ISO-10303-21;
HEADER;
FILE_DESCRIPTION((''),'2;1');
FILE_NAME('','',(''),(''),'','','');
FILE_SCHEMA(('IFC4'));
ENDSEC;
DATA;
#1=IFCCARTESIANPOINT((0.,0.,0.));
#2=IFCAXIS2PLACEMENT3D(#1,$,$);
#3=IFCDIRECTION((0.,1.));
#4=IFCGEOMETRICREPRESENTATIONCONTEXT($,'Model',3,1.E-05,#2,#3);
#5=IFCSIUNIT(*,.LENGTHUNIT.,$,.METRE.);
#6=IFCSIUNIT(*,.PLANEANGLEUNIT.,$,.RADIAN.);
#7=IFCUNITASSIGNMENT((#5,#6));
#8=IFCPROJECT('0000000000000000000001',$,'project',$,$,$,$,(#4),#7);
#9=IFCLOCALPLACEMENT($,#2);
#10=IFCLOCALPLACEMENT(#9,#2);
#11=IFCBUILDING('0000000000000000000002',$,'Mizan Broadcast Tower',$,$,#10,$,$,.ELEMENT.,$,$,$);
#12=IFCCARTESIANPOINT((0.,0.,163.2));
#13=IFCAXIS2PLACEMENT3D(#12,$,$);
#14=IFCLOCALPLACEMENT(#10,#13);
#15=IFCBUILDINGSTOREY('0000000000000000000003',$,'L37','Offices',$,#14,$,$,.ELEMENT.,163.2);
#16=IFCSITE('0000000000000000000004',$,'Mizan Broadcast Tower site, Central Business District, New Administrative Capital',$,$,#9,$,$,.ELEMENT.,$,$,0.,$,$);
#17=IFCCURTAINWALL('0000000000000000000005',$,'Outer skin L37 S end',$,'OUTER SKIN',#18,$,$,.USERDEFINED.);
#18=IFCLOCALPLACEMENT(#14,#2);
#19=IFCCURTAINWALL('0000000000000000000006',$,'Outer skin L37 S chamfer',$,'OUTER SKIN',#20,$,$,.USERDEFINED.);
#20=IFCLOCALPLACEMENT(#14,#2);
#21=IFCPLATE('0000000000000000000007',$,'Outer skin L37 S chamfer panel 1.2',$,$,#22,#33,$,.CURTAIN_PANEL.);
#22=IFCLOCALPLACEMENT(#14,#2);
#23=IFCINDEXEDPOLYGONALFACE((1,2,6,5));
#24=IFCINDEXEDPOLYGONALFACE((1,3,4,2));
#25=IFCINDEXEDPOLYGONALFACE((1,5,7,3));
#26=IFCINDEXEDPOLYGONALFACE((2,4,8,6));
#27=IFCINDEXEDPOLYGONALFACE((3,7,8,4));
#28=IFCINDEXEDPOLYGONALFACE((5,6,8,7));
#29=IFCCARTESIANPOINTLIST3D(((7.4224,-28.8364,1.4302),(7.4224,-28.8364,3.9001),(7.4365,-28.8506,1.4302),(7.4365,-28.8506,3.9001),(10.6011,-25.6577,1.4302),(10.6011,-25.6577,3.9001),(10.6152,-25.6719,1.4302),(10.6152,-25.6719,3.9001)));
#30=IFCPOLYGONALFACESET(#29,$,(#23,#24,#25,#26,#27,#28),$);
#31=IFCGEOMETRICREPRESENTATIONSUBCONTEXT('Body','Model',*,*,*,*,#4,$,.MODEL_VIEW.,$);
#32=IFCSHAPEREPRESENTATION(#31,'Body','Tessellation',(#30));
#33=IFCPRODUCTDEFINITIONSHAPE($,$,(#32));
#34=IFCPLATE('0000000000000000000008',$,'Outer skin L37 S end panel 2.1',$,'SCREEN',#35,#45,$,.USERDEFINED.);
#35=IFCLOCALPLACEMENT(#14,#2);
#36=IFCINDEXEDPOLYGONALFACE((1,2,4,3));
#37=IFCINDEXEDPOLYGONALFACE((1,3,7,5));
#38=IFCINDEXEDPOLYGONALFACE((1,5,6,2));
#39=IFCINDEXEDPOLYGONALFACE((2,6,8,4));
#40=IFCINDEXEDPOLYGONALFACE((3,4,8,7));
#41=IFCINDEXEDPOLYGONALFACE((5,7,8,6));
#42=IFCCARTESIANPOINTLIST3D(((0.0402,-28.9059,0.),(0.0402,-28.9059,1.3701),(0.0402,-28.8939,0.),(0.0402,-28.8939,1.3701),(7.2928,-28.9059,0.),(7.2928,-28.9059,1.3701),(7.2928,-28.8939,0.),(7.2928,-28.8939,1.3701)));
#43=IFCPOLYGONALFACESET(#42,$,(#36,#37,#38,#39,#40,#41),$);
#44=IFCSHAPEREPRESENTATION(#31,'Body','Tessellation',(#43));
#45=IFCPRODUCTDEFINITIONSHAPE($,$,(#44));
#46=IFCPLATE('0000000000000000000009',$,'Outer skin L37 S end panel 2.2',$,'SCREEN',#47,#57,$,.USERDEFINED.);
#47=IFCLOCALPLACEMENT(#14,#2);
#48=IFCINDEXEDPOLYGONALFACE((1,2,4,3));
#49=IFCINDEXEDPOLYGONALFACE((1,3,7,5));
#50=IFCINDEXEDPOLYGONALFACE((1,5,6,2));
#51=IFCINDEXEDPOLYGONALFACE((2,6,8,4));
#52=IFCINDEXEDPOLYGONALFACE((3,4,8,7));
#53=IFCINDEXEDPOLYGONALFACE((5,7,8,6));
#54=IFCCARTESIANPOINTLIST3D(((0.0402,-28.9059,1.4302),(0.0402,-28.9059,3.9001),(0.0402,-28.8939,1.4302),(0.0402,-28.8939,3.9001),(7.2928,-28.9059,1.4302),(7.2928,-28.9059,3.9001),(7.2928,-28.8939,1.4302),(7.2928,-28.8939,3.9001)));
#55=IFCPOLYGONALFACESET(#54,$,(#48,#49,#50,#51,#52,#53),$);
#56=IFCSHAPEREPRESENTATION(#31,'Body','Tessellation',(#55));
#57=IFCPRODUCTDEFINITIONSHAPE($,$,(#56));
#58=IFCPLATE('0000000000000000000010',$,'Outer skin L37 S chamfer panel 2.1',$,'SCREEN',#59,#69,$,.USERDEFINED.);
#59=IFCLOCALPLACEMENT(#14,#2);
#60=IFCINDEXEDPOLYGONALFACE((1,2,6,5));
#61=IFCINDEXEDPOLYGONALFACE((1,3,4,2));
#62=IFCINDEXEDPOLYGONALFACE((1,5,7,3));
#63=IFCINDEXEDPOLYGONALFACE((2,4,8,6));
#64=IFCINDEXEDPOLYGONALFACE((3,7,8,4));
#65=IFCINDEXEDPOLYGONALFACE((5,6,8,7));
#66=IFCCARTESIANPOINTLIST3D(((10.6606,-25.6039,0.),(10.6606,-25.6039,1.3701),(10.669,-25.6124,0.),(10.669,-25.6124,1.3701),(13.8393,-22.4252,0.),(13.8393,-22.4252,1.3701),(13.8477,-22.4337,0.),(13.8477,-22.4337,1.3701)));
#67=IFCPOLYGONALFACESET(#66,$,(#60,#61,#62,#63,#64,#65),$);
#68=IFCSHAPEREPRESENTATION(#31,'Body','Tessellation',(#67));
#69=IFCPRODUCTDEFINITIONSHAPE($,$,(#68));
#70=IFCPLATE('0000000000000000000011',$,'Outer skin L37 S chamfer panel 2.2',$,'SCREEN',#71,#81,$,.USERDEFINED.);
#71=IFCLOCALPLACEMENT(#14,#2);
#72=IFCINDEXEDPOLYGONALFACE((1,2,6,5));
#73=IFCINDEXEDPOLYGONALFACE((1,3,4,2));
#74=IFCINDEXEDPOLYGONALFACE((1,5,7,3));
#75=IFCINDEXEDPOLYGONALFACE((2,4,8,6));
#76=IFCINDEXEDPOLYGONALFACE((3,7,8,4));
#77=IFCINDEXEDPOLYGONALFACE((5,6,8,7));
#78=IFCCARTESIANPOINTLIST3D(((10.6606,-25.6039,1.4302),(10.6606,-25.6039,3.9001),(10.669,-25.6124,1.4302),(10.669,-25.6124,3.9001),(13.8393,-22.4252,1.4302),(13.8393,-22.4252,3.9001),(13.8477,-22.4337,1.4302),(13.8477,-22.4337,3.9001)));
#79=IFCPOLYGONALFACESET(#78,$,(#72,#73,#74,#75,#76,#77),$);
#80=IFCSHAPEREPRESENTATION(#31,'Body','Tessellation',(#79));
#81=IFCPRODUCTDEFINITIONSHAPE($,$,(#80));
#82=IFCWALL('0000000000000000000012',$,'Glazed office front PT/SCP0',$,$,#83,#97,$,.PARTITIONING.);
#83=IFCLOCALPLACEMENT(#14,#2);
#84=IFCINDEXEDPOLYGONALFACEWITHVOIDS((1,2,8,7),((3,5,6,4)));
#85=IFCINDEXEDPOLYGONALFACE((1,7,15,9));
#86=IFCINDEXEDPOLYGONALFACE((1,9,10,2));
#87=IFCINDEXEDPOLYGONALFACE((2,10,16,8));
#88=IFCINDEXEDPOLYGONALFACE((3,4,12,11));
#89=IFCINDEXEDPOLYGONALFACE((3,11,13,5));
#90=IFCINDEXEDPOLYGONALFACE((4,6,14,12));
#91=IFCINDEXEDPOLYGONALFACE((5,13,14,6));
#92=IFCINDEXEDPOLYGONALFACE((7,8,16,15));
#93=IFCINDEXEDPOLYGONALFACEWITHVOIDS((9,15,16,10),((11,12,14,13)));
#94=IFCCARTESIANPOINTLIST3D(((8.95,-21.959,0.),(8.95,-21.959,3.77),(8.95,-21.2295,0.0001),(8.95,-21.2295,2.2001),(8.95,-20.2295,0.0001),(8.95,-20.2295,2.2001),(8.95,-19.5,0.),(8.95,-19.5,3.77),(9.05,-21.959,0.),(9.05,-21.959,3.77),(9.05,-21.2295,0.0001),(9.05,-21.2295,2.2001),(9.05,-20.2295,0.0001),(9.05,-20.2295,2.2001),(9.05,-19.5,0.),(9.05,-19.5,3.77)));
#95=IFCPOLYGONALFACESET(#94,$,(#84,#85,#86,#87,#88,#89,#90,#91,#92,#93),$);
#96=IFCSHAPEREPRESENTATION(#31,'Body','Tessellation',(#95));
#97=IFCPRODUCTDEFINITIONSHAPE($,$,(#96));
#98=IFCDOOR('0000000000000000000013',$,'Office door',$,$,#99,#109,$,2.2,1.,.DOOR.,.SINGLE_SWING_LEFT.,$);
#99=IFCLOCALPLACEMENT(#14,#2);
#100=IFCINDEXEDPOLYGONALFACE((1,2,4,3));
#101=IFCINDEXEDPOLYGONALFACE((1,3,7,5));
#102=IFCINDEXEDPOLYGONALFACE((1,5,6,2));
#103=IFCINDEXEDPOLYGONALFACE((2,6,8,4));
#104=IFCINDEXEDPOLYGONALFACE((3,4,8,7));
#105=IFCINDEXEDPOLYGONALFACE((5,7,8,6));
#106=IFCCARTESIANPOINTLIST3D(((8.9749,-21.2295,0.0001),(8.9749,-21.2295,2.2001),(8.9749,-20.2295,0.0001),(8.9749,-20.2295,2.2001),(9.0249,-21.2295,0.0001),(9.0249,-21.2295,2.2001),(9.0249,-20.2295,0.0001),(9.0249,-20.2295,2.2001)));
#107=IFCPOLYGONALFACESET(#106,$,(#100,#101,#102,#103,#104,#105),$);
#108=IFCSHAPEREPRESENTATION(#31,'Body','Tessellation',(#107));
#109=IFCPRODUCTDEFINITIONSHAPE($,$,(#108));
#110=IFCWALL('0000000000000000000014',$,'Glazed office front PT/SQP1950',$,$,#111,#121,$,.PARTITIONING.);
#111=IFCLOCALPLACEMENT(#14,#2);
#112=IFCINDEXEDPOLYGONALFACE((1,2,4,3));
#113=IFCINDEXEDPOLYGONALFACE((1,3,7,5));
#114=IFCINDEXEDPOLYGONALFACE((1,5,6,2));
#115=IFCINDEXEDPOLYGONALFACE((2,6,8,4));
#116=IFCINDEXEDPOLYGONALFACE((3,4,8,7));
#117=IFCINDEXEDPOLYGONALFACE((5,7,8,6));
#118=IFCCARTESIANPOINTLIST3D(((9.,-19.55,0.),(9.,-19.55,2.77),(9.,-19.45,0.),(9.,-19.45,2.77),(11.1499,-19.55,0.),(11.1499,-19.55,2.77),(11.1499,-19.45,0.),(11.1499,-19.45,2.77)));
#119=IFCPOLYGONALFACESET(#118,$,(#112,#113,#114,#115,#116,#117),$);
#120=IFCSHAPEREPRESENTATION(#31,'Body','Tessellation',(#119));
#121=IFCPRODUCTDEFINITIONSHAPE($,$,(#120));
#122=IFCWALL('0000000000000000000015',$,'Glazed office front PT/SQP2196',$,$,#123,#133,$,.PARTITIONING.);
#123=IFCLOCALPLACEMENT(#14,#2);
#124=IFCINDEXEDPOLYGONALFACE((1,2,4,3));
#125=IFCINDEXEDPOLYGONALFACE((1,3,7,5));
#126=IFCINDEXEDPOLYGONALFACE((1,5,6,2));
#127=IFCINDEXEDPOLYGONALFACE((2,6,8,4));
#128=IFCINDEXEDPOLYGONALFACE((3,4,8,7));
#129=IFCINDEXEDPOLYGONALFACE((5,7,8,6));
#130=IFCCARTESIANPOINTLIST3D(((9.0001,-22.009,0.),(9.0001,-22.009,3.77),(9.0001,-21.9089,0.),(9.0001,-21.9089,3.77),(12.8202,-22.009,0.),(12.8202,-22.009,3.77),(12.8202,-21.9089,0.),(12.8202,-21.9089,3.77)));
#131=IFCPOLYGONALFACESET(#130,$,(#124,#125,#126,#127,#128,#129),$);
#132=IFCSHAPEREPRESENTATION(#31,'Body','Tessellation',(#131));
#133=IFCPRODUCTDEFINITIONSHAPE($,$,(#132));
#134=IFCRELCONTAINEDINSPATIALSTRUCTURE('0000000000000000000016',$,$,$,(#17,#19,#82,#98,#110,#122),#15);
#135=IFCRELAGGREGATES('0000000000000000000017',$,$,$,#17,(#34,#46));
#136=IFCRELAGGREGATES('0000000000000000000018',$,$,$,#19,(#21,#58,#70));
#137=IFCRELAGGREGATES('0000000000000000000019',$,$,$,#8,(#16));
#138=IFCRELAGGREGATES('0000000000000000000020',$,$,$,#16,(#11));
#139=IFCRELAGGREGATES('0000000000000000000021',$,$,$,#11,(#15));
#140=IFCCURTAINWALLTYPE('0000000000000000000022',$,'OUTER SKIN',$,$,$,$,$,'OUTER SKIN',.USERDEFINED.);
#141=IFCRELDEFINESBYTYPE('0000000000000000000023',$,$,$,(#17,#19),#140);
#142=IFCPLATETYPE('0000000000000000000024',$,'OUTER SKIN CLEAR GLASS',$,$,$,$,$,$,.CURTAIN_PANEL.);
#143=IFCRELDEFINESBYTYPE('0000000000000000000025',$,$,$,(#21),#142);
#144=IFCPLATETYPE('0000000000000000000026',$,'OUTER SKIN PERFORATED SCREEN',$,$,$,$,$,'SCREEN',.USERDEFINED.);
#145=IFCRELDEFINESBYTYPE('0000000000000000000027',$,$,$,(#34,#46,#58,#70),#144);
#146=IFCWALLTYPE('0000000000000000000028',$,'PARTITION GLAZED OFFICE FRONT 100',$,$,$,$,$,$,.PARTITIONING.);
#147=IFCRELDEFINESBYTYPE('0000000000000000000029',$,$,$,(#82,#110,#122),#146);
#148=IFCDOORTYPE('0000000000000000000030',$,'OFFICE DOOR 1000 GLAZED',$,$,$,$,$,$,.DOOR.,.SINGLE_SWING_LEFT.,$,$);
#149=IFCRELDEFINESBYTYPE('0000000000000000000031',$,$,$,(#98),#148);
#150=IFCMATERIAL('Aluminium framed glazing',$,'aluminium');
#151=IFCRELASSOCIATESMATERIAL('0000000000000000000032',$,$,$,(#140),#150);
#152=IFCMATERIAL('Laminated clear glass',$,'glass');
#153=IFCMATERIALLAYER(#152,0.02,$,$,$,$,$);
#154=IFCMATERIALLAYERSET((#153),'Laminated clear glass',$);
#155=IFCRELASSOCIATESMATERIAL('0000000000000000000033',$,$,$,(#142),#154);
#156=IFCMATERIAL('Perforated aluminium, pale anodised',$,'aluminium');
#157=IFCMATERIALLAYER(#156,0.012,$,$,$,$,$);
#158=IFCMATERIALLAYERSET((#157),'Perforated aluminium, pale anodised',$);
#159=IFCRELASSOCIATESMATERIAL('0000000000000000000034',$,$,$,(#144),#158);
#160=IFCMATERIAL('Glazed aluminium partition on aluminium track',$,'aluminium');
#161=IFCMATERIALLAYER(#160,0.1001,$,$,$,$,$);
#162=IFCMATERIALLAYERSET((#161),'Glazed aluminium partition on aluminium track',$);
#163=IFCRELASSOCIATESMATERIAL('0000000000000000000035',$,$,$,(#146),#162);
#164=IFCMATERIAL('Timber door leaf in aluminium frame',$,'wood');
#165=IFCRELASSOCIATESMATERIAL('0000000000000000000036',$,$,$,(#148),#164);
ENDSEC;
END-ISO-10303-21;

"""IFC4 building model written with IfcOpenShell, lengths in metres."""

from ifc_helpers import new_model, si_unit, direction, frame, frame_2d, origin, origin_2d, place, context, subcontext, project, spatial, rectangle, extrude, material, layer, layer_set, type_object, element, fill, aggregate, save


model = new_model("IFC4")

# Units and contexts
model_context = context("Model", 3, precision=1e-05, world=origin(), true_north=direction((0.0, 1.0)))
body_context = subcontext(model_context, "Body", "Model", "MODEL_VIEW")
ifc_project = project(units=[si_unit("LENGTHUNIT", "METRE"), si_unit("PLANEANGLEUNIT", "RADIAN")], contexts=[model_context])

# Site, building, storey
site_placement = place(None, origin())
site = spatial("IfcSite", under=ifc_project, at=site_placement, Name="Mizan Broadcast Tower site, Central Business District, New Administrative Capital", CompositionType="ELEMENT", RefElevation=0.0)
building_placement = place(site_placement, origin())
building = spatial("IfcBuilding", under=site, at=building_placement, Name="Mizan Broadcast Tower", CompositionType="ELEMENT")
storey_placement = place(building_placement, frame((0.0, 0.0, 163.2)))
storey = spatial("IfcBuildingStorey", under=building, at=storey_placement, Name="L37", Description="Offices", CompositionType="ELEMENT", Elevation=163.2)

# Curtain wall
ifc_material_1 = material(Name="Aluminium framed glazing", Category="aluminium")
curtain_wall_type_1 = type_object("IfcCurtainWallType", Name="OUTER SKIN", ElementType="OUTER SKIN", PredefinedType="USERDEFINED", material=ifc_material_1)
curtain_wall_1_placement = place(storey_placement, origin())
curtain_wall_1 = element("IfcCurtainWall", 1, at=curtain_wall_1_placement, inside=storey, type_object=curtain_wall_type_1, Name="Outer skin L37 S end", ObjectType="OUTER SKIN", PredefinedType="USERDEFINED")

# Curtain wall
curtain_wall_2_placement = place(storey_placement, origin())
curtain_wall_2 = element("IfcCurtainWall", 2, at=curtain_wall_2_placement, inside=storey, type_object=curtain_wall_type_1, Name="Outer skin L37 S chamfer", ObjectType="OUTER SKIN", PredefinedType="USERDEFINED")

# Plates
ifc_material_2 = material(Name="Laminated clear glass", Category="glass")
ifc_layer_1 = layer(ifc_material_2, 0.02)
ifc_layer_set_1 = layer_set([ifc_layer_1], Name="Laminated clear glass")
plate_type_1 = type_object("IfcPlateType", Name="OUTER SKIN CLEAR GLASS", PredefinedType="CURTAIN_PANEL", material=ifc_layer_set_1)
plate_1_placement = place(storey_placement, frame((9.0188, -27.2542, 1.4302), z_axis=(0.0, 0.0, 1.0), x_axis=(0.707107, 0.707107, 0.0)))
plate_1 = element("IfcPlate", 3, at=plate_1_placement, type_object=plate_type_1, Name="Outer skin L37 S chamfer panel 1.2", PredefinedType="CURTAIN_PANEL", context=body_context, shape_type="SweptSolid", body=[
    extrude(rectangle(XDim=4.4954, YDim=0.02, at=origin_2d()), origin(), (0.0, 0.0, 1.0), 2.47),
])
ifc_material_3 = material(Name="Perforated aluminium, pale anodised", Category="aluminium")
ifc_layer_2 = layer(ifc_material_3, 0.012)
ifc_layer_set_2 = layer_set([ifc_layer_2], Name="Perforated aluminium, pale anodised")
plate_type_2 = type_object("IfcPlateType", Name="OUTER SKIN PERFORATED SCREEN", ElementType="SCREEN", PredefinedType="USERDEFINED", material=ifc_layer_set_2)
plate_2_placement = place(storey_placement, frame((3.6665, -28.8999, 0.0), z_axis=(0.0, 0.0, 1.0), x_axis=(1.0, 0.0, 0.0)))
plate_2 = element("IfcPlate", 4, at=plate_2_placement, type_object=plate_type_2, Name="Outer skin L37 S end panel 2.1", ObjectType="SCREEN", PredefinedType="USERDEFINED", context=body_context, shape_type="SweptSolid", body=[
    extrude(rectangle(XDim=7.2527, YDim=0.012, at=origin_2d()), origin(), (0.0, 0.0, 1.0), 1.3701),
])
plate_3_placement = place(storey_placement, frame((3.6665, -28.8999, 1.4302), z_axis=(0.0, 0.0, 1.0), x_axis=(1.0, 0.0, 0.0)))
plate_3 = element("IfcPlate", 5, at=plate_3_placement, type_object=plate_type_2, Name="Outer skin L37 S end panel 2.2", ObjectType="SCREEN", PredefinedType="USERDEFINED", context=body_context, shape_type="SweptSolid", body=[
    extrude(rectangle(XDim=7.2527, YDim=0.012, at=origin_2d()), origin(), (0.0, 0.0, 1.0), 2.47),
])
aggregate(curtain_wall_1, [plate_2, plate_3])
plate_4_placement = place(storey_placement, frame((12.2542, -24.0188, 0.0), z_axis=(0.0, 0.0, 1.0), x_axis=(0.707107, 0.707107, 0.0)))
plate_4 = element("IfcPlate", 6, at=plate_4_placement, type_object=plate_type_2, Name="Outer skin L37 S chamfer panel 2.1", ObjectType="SCREEN", PredefinedType="USERDEFINED", context=body_context, shape_type="SweptSolid", body=[
    extrude(rectangle(XDim=4.4954, YDim=0.012, at=origin_2d()), origin(), (0.0, 0.0, 1.0), 1.3701),
])
plate_5_placement = place(storey_placement, frame((12.2542, -24.0188, 1.4302), z_axis=(0.0, 0.0, 1.0), x_axis=(0.707107, 0.707107, 0.0)))
plate_5 = element("IfcPlate", 7, at=plate_5_placement, type_object=plate_type_2, Name="Outer skin L37 S chamfer panel 2.2", ObjectType="SCREEN", PredefinedType="USERDEFINED", context=body_context, shape_type="SweptSolid", body=[
    extrude(rectangle(XDim=4.4954, YDim=0.012, at=origin_2d()), origin(), (0.0, 0.0, 1.0), 2.47),
])
aggregate(curtain_wall_2, [plate_1, plate_4, plate_5])

# Wall, opening, door
ifc_material_4 = material(Name="Glazed aluminium partition on aluminium track", Category="aluminium")
ifc_layer_3 = layer(ifc_material_4, 0.1001)
ifc_layer_set_3 = layer_set([ifc_layer_3], Name="Glazed aluminium partition on aluminium track")
wall_type = type_object("IfcWallType", Name="PARTITION GLAZED OFFICE FRONT 100", PredefinedType="PARTITIONING", material=ifc_layer_set_3)
wall_1_placement = place(storey_placement, frame((9.0, -19.5, 0.0), z_axis=(0.0, 0.0, 1.0), x_axis=(0.0, -1.0, 0.0)))
wall_1 = element("IfcWall", 8, at=wall_1_placement, inside=storey, type_object=wall_type, Name="Glazed office front PT/SCP0", PredefinedType="PARTITIONING", context=body_context, shape_type="SweptSolid", body=[
    extrude(rectangle(XDim=2.459, YDim=0.1001, at=frame_2d((1.2295, 0.0))), origin(), (0.0, 0.0, 1.0), 3.77),
])
opening_placement = place(wall_1_placement, frame((0.7295, 0.0, 0.0)))
opening = element("IfcOpeningElement", 9, at=opening_placement, cuts=wall_1, PredefinedType="OPENING", context=body_context, shape_type="SweptSolid", body=[
    extrude(rectangle(XDim=1.0, YDim=2.2, at=frame_2d((0.5, 1.1001))), frame((0.0, 0.0601, 0.0), z_axis=(0.0, -1.0, 0.0), x_axis=(1.0, 0.0, 0.0)), (0.0, 0.0, 1.0), 0.1201),
])
ifc_material_5 = material(Name="Timber door leaf in aluminium frame", Category="wood")
door_type = type_object("IfcDoorType", Name="OFFICE DOOR 1000 GLAZED", OperationType="SINGLE_SWING_LEFT", PredefinedType="DOOR", material=ifc_material_5)
door_placement = place(opening_placement, origin())
door = element("IfcDoor", 10, at=door_placement, inside=storey, type_object=door_type, Name="Office door", OperationType="SINGLE_SWING_LEFT", OverallHeight=2.2, OverallWidth=1.0, PredefinedType="DOOR", context=body_context, shape_type="SweptSolid", body=[
    extrude(rectangle(XDim=1.0, YDim=2.2, at=frame_2d((0.5, 1.1001))), frame((0.0, 0.0249, 0.0), z_axis=(0.0, -1.0, 0.0), x_axis=(1.0, 0.0, 0.0)), (0.0, 0.0, 1.0), 0.05),
])
fill(opening, door)

# Walls
wall_2_placement = place(storey_placement, frame((9.0, -19.5, 0.0), z_axis=(0.0, 0.0, 1.0), x_axis=(1.0, 0.0, 0.0)))
element("IfcWall", 11, at=wall_2_placement, inside=storey, type_object=wall_type, Name="Glazed office front PT/SQP1950", PredefinedType="PARTITIONING", context=body_context, shape_type="SweptSolid", body=[
    extrude(rectangle(XDim=2.1499, YDim=0.1001, at=frame_2d((1.075, 0.0))), origin(), (0.0, 0.0, 1.0), 2.77),
])
wall_3_placement = place(storey_placement, frame((9.0, -21.959, 0.0), z_axis=(0.0, 0.0, 1.0), x_axis=(1.0, 0.0, 0.0)))
element("IfcWall", 12, at=wall_3_placement, inside=storey, type_object=wall_type, Name="Glazed office front PT/SQP2196", PredefinedType="PARTITIONING", context=body_context, shape_type="SweptSolid", body=[
    extrude(rectangle(XDim=3.8201, YDim=0.1001, at=frame_2d((1.9102, 0.0))), origin(), (0.0, 0.0, 1.0), 3.77),
])

save(model, "model.ifc")
